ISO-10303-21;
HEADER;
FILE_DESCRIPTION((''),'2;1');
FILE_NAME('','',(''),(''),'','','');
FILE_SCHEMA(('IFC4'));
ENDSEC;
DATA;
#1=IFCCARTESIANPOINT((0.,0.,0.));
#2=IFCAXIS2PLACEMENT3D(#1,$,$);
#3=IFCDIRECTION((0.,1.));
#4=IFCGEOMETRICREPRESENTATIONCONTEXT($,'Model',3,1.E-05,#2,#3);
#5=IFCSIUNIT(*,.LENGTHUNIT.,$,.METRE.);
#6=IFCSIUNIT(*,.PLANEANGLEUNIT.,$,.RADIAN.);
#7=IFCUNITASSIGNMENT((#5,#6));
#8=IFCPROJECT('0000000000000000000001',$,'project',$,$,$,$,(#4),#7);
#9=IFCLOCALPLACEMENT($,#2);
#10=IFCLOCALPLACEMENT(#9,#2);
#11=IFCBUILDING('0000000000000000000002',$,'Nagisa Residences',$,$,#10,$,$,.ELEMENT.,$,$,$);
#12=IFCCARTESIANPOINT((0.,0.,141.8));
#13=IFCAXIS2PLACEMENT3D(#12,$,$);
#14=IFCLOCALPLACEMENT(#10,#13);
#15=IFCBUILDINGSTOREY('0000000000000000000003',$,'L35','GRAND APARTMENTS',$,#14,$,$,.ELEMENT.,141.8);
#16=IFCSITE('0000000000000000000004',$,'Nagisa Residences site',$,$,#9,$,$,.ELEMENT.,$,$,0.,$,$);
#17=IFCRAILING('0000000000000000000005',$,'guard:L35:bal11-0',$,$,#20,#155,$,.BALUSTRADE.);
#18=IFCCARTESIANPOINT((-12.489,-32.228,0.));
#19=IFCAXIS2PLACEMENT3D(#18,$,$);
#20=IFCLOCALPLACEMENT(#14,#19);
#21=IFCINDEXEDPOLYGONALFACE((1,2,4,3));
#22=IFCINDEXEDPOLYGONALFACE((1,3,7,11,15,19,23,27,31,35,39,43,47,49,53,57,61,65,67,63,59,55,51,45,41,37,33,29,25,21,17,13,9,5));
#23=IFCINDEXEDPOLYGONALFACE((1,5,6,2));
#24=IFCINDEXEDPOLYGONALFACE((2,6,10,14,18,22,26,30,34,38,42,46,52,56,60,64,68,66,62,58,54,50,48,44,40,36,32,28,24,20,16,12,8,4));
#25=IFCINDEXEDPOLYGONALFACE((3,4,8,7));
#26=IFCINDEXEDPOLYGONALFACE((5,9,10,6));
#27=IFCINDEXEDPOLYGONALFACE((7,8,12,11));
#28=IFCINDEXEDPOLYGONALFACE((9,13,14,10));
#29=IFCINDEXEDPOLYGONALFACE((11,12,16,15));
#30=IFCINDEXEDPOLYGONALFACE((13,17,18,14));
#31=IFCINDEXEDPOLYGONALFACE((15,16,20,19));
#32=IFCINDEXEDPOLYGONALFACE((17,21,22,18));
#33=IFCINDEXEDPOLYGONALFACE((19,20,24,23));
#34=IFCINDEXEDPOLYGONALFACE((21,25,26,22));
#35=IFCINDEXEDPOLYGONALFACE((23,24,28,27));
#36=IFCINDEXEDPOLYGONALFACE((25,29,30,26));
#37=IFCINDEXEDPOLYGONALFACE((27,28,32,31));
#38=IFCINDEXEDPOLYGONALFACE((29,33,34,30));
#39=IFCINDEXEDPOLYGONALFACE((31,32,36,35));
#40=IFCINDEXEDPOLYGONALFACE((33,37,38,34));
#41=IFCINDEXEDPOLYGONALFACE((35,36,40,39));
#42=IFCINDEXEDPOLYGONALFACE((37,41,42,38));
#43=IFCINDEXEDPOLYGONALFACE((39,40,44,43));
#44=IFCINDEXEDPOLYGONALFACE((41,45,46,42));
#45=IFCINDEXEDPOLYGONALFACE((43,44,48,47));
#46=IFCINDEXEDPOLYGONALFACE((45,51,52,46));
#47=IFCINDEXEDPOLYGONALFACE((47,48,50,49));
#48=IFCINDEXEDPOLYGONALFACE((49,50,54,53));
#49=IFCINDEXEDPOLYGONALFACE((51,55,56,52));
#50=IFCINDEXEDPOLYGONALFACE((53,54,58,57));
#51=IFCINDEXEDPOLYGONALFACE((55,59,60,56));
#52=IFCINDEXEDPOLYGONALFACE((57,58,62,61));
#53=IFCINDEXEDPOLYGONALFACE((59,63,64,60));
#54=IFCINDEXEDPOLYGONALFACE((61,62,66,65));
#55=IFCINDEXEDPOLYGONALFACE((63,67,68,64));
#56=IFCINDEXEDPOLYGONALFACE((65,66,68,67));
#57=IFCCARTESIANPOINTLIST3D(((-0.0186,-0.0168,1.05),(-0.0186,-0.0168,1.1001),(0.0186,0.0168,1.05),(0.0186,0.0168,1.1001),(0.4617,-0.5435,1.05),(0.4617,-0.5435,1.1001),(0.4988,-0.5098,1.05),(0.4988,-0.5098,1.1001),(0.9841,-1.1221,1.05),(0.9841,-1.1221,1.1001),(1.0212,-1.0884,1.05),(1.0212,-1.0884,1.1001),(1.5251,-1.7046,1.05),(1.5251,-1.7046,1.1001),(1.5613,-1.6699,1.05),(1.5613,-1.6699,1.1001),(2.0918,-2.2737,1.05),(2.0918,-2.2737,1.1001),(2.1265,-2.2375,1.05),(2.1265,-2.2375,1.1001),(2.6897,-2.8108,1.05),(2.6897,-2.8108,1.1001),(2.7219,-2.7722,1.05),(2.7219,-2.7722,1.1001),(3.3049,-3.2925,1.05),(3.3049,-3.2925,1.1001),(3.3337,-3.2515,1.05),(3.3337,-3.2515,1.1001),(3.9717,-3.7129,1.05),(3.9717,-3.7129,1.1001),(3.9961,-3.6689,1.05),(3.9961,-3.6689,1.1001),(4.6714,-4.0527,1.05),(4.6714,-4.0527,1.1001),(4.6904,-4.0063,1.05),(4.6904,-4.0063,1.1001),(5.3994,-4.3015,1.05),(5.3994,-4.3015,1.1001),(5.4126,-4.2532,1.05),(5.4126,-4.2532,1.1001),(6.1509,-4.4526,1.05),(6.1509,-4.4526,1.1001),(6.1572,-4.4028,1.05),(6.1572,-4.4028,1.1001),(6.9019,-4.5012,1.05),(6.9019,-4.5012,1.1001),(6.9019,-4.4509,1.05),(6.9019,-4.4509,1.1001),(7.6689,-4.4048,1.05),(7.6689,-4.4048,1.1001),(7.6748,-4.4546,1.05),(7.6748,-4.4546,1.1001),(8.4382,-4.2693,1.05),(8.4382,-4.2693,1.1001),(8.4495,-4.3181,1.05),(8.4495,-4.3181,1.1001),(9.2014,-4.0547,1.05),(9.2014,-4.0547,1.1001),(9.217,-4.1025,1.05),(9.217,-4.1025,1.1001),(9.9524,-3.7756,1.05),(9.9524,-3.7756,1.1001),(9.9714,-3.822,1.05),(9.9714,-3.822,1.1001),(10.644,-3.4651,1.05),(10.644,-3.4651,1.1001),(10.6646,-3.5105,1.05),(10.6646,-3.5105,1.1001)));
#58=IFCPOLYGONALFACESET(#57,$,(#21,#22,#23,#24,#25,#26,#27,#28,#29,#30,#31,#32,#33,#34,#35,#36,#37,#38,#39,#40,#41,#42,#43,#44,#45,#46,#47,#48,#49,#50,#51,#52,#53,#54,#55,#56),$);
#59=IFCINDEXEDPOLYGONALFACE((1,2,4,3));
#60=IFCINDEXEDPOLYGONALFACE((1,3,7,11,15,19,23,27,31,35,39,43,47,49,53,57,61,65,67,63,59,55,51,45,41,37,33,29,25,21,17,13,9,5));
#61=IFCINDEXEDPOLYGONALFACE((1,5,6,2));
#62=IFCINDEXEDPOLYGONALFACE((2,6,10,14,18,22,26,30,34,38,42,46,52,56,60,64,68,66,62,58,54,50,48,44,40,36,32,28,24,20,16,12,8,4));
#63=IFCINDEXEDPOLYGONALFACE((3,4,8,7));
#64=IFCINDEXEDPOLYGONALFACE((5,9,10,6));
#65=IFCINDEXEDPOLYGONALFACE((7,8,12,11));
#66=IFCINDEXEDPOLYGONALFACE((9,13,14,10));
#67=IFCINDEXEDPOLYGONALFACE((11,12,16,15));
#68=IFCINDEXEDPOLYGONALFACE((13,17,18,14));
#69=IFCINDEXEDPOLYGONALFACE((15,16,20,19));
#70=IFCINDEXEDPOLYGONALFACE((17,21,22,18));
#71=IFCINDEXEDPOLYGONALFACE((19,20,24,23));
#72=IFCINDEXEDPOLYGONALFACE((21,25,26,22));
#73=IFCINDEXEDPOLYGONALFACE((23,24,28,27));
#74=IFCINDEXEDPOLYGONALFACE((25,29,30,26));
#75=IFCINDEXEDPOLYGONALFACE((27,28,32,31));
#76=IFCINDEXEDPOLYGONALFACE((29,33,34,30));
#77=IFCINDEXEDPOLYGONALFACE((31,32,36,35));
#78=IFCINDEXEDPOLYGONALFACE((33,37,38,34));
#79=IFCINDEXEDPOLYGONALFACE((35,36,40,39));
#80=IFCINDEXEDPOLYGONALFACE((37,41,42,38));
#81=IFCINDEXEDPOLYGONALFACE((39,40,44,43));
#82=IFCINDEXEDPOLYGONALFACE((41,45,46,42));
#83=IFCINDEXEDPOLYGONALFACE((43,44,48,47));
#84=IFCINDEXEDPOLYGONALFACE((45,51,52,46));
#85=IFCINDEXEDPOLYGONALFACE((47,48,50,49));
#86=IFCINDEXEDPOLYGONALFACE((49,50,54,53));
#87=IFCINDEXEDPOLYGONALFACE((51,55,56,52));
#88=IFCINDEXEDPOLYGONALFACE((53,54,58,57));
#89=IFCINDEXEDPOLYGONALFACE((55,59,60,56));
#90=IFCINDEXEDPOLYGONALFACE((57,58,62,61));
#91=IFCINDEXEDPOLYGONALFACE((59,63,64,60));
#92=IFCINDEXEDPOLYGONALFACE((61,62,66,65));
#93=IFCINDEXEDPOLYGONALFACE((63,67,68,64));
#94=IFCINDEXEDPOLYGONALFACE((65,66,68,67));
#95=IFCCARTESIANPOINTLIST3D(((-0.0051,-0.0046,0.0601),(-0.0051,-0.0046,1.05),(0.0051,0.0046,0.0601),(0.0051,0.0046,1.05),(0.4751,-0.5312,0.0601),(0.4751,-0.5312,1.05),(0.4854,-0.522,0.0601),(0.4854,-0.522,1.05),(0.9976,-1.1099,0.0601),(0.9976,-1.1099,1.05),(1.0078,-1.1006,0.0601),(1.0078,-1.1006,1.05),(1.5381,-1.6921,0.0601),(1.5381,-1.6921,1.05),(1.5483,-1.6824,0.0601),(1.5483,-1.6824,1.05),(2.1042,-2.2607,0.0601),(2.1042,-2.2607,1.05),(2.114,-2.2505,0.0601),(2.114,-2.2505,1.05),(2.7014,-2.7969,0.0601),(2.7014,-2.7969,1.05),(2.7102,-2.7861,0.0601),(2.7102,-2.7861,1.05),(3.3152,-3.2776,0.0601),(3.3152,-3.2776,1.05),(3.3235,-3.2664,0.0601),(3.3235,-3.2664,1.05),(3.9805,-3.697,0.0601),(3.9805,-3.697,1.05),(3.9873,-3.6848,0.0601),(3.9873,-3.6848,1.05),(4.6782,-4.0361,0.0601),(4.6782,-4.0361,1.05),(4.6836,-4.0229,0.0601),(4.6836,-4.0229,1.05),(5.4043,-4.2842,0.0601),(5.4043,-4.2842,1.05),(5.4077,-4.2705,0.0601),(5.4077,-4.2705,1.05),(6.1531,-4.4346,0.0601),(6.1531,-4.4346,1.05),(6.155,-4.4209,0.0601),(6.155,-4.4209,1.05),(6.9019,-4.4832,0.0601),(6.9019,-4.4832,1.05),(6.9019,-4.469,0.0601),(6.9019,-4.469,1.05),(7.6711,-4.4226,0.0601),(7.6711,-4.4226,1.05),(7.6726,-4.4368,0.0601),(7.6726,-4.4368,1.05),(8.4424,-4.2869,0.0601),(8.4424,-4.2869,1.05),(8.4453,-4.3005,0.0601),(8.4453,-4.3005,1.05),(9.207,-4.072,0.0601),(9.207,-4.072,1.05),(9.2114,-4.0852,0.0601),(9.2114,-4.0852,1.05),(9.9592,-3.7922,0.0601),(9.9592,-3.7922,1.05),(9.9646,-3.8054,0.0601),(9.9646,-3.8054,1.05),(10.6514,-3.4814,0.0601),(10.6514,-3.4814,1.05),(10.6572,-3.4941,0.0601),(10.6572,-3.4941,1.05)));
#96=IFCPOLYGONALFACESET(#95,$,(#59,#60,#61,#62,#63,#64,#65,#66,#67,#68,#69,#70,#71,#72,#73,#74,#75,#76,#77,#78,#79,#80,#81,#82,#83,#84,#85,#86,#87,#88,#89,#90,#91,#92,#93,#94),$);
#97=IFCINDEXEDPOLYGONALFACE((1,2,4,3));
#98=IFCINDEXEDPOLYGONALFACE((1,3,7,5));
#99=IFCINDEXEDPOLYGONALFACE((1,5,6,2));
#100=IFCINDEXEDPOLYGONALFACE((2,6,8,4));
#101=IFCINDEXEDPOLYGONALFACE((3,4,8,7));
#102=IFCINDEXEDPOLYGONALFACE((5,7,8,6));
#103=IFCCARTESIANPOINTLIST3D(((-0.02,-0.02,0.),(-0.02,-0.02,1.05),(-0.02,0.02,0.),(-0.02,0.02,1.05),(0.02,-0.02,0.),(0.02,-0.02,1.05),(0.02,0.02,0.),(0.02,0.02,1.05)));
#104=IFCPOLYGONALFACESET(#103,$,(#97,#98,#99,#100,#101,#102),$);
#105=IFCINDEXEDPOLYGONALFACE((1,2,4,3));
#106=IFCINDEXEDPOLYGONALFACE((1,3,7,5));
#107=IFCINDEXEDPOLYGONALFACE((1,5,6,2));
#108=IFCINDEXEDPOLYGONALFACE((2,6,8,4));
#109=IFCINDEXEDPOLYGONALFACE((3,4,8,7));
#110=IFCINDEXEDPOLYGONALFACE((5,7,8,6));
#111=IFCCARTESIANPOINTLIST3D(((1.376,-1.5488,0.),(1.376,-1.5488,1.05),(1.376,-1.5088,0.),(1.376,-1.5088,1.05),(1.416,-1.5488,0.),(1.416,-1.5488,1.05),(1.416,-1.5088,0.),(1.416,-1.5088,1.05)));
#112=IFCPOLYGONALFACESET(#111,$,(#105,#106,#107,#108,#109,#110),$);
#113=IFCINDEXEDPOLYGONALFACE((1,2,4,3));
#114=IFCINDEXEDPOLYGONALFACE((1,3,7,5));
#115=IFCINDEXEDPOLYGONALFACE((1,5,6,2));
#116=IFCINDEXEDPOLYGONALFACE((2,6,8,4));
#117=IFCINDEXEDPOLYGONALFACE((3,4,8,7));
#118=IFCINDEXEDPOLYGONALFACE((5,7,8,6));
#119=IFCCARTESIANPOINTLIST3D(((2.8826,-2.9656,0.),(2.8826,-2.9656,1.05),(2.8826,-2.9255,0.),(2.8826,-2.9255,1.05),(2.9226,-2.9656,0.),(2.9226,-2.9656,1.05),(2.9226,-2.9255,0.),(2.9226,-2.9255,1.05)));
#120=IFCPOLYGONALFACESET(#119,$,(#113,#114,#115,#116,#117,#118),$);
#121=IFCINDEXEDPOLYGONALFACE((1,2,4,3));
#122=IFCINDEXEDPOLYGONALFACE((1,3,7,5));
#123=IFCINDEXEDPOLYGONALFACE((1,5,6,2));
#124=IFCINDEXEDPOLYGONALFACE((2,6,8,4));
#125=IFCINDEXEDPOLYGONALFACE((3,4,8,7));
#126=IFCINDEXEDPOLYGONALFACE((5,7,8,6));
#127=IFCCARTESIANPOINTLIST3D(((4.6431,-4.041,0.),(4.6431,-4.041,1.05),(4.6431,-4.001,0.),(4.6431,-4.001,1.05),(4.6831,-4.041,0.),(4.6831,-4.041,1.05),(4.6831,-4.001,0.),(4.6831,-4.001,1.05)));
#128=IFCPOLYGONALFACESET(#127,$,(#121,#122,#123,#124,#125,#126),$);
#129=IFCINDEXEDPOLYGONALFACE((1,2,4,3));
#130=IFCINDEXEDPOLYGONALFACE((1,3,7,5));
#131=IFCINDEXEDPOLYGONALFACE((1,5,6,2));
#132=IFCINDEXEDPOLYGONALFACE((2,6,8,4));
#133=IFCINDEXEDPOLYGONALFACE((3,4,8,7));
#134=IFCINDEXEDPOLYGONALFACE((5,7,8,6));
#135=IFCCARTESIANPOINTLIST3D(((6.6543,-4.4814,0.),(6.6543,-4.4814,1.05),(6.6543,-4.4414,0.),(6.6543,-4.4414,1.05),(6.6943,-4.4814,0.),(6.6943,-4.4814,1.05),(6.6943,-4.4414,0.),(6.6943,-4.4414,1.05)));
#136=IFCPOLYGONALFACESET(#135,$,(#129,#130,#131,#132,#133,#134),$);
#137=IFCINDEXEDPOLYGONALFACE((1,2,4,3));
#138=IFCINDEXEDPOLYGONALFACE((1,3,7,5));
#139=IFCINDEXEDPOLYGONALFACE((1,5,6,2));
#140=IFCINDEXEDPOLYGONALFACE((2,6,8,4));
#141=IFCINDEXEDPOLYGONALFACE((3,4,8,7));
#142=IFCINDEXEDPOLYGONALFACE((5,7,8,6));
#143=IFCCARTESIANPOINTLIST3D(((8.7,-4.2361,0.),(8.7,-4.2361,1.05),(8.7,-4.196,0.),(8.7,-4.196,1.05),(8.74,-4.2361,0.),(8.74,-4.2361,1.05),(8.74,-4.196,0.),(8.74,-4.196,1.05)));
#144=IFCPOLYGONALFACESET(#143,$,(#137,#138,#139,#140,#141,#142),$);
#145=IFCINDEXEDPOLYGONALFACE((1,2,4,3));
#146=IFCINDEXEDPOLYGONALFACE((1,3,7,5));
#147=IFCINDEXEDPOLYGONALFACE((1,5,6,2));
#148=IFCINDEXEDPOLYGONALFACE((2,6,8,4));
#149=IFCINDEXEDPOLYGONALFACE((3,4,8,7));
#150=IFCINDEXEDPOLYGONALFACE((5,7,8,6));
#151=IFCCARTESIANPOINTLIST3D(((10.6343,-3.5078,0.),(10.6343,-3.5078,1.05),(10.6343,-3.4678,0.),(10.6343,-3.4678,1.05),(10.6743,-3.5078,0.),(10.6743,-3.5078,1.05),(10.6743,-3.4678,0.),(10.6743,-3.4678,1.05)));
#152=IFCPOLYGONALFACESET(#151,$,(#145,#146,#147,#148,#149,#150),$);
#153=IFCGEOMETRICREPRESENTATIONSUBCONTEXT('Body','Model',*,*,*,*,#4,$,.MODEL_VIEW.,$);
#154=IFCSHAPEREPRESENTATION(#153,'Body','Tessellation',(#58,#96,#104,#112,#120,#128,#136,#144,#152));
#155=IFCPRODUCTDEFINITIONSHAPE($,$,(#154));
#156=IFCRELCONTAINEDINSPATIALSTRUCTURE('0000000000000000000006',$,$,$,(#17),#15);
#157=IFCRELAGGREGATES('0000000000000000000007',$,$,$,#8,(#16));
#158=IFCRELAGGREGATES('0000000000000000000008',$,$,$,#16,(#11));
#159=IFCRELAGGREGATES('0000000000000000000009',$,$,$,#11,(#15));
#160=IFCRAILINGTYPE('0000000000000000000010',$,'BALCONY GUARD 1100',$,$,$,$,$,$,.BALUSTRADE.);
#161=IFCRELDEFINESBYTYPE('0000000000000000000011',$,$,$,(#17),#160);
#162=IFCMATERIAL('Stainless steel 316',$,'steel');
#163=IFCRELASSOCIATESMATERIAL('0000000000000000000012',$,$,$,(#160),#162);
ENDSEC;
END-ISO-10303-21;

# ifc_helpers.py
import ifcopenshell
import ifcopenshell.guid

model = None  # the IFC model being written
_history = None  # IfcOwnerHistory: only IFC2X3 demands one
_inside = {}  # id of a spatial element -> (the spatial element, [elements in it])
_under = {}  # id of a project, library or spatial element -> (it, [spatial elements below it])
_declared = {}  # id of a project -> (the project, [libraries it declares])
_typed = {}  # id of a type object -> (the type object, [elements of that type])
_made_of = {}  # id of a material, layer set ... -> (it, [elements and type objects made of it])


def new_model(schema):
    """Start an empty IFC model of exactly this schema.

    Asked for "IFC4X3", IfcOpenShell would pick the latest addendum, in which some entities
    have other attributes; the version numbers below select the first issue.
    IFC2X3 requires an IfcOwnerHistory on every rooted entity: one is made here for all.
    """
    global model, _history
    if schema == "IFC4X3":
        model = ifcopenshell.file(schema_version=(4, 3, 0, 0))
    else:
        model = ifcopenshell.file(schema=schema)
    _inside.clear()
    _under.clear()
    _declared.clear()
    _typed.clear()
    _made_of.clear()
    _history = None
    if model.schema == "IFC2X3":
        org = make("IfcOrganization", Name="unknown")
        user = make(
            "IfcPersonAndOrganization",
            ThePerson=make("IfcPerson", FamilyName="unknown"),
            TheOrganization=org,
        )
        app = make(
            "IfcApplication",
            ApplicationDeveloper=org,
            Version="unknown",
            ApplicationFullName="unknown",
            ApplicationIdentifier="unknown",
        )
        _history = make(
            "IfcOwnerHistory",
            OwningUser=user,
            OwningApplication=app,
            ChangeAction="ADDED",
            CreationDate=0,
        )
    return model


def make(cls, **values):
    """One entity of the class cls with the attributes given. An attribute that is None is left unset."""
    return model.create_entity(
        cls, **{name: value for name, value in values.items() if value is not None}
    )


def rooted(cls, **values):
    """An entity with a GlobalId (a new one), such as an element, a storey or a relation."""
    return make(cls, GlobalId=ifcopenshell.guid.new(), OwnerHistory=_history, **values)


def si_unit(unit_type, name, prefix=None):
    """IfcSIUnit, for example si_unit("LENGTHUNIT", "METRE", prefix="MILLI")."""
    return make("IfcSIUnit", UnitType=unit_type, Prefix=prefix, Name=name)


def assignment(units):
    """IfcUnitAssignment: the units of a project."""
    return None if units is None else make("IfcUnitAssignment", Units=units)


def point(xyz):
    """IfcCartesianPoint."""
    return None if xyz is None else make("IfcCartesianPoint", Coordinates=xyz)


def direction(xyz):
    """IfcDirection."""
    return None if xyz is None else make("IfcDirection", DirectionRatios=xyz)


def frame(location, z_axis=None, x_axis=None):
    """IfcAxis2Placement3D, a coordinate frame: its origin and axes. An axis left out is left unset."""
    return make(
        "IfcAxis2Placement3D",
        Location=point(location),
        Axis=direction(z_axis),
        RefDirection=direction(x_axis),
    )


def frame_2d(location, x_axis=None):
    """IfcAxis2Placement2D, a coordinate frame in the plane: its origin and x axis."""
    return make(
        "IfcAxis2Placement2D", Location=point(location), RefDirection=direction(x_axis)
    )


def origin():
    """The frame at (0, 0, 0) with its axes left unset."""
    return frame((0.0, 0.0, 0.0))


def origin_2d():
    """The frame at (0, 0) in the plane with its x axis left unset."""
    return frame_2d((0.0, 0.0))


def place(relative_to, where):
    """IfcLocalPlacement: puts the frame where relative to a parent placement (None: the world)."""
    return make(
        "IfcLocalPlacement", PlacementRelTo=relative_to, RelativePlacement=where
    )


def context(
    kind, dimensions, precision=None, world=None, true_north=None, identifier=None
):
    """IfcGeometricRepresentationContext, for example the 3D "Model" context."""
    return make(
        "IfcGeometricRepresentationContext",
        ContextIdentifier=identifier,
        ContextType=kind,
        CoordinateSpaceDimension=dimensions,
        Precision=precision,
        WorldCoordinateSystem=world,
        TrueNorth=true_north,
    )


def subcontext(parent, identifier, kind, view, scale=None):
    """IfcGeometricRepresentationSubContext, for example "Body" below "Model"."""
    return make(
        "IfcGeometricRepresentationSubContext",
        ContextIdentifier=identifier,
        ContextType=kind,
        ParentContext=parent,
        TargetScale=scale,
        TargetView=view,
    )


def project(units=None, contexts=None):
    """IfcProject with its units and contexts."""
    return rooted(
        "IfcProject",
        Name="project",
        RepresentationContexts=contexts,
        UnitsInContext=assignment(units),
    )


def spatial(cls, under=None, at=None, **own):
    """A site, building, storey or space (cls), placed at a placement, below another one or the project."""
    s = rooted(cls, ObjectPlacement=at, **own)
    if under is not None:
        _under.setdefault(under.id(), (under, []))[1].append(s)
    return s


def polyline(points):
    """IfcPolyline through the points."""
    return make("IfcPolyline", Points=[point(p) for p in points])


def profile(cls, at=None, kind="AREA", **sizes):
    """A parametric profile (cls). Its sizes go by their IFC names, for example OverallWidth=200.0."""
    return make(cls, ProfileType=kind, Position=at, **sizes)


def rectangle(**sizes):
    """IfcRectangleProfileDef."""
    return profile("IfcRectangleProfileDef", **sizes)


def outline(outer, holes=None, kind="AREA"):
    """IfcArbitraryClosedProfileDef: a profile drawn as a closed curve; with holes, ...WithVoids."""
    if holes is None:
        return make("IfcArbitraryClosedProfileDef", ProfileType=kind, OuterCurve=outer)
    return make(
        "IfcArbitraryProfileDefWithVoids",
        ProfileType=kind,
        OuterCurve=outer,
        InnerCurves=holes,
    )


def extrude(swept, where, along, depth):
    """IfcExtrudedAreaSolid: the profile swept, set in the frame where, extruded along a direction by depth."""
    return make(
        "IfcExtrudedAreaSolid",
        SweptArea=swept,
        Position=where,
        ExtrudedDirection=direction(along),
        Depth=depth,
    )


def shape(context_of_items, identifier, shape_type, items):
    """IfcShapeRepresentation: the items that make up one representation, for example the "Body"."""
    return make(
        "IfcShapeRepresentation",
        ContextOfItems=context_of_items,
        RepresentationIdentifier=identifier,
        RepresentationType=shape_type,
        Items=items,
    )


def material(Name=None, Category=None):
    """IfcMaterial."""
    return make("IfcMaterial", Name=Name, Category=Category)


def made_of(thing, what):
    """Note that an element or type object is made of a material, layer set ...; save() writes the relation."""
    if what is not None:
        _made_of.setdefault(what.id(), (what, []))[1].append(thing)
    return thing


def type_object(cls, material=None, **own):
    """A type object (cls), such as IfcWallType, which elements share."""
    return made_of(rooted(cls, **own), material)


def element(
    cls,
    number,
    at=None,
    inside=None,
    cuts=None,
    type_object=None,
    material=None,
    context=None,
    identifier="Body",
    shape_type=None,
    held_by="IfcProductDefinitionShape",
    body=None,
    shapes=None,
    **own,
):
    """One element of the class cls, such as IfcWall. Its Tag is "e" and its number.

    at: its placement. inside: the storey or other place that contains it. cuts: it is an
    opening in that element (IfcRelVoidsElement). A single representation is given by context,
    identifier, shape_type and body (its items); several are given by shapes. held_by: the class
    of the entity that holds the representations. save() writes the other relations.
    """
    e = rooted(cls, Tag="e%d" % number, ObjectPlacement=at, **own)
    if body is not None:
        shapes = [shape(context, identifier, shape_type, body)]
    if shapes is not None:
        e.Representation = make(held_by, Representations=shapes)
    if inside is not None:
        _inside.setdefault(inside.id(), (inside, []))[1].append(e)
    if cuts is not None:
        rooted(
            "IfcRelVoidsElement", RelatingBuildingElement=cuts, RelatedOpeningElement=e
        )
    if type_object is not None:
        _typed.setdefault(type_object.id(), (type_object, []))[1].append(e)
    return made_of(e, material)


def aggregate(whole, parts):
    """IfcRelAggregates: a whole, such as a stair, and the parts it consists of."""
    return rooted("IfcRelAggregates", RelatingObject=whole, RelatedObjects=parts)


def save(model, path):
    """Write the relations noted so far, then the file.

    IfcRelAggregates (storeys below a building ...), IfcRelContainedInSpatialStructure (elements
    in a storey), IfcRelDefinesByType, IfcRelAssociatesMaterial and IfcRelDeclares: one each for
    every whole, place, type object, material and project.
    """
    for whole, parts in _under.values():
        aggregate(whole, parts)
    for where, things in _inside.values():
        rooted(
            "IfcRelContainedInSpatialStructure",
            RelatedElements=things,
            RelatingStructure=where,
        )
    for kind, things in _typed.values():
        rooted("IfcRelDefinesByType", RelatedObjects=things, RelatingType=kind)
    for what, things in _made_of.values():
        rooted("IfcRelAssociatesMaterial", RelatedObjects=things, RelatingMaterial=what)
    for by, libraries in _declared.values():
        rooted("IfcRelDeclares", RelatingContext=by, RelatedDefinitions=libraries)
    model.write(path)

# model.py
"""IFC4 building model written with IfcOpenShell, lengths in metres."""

from ifc_helpers import new_model, si_unit, direction, frame, origin, origin_2d, place, context, subcontext, project, spatial, polyline, rectangle, outline, extrude, material, type_object, element, save


model = new_model("IFC4")

# Units and contexts
model_context = context("Model", 3, precision=1e-05, world=origin(), true_north=direction((0.0, 1.0)))
body_context = subcontext(model_context, "Body", "Model", "MODEL_VIEW")
ifc_project = project(units=[si_unit("LENGTHUNIT", "METRE"), si_unit("PLANEANGLEUNIT", "RADIAN")], contexts=[model_context])

# Site, building, storey
site_placement = place(None, origin())
site = spatial("IfcSite", under=ifc_project, at=site_placement, Name="Nagisa Residences site", CompositionType="ELEMENT", RefElevation=0.0)
building_placement = place(site_placement, origin())
building = spatial("IfcBuilding", under=site, at=building_placement, Name="Nagisa Residences", CompositionType="ELEMENT")
storey_placement = place(building_placement, frame((0.0, 0.0, 141.8)))
storey = spatial("IfcBuildingStorey", under=building, at=storey_placement, Name="L35", Description="GRAND APARTMENTS", CompositionType="ELEMENT", Elevation=141.8)

# Railing
ifc_material_1 = material(Name="Stainless steel 316", Category="steel")
railing_type = type_object("IfcRailingType", Name="BALCONY GUARD 1100", PredefinedType="BALUSTRADE", material=ifc_material_1)
railing_1_placement = place(storey_placement, frame((-12.489, -32.228, 0.0)))
element("IfcRailing", 1, at=railing_1_placement, inside=storey, type_object=railing_type, Name="guard:L35:bal11-0", PredefinedType="BALUSTRADE", context=body_context, shape_type="SweptSolid", body=[
    extrude(outline(polyline([(0.4988, -0.5098), (0.0186, 0.0168), (-0.0186, -0.0168), (0.4617, -0.5435), (0.9841, -1.1221), (1.5251, -1.7046), (2.0918, -2.2737), (2.6897, -2.8108), (3.3049, -3.2925), (3.9717, -3.7129), (4.6714, -4.0527), (5.3994, -4.3015), (6.1509, -4.4526), (6.9019, -4.5012), (7.6748, -4.4546), (8.4495, -4.3181), (9.217, -4.1025), (9.9714, -3.822), (10.6646, -3.5105), (10.644, -3.4651), (9.9524, -3.7756), (9.2014, -4.0547), (8.4382, -4.2693), (7.6689, -4.4048), (6.9019, -4.4509), (6.1572, -4.4028), (5.4126, -4.2532), (4.6904, -4.0063), (3.9961, -3.6689), (3.3337, -3.2515), (2.7219, -2.7722), (2.1265, -2.2375), (1.5613, -1.6699), (1.0212, -1.0884), (0.4988, -0.5098)])), frame((0.0, 0.0, 1.05)), (0.0, 0.0, 1.0), 0.05),
    extrude(outline(polyline([(0.4854, -0.522), (0.0051, 0.0046), (-0.0051, -0.0046), (0.4751, -0.5312), (0.9976, -1.1099), (1.5381, -1.6921), (2.1042, -2.2607), (2.7014, -2.7969), (3.3152, -3.2776), (3.9805, -3.697), (4.6782, -4.0361), (5.4043, -4.2842), (6.1531, -4.4346), (6.9019, -4.4832), (7.6726, -4.4368), (8.4453, -4.3005), (9.2114, -4.0852), (9.9646, -3.8054), (10.6572, -3.4941), (10.6514, -3.4814), (9.9592, -3.7922), (9.207, -4.072), (8.4424, -4.2869), (7.6711, -4.4226), (6.9019, -4.469), (6.155, -4.4209), (5.4077, -4.2705), (4.6836, -4.0229), (3.9873, -3.6848), (3.3235, -3.2664), (2.7102, -2.7861), (2.114, -2.2505), (1.5483, -1.6824), (1.0078, -1.1006), (0.4854, -0.522)])), frame((0.0, 0.0, 0.0601)), (0.0, 0.0, 1.0), 0.99),
    extrude(rectangle(XDim=0.04, YDim=0.04, at=origin_2d()), origin(), (0.0, 0.0, 1.0), 1.05),
    extrude(rectangle(XDim=0.04, YDim=0.04, at=origin_2d()), frame((1.396, -1.5288, 0.0)), (0.0, 0.0, 1.0), 1.05),
    extrude(rectangle(XDim=0.04, YDim=0.04, at=origin_2d()), frame((2.9026, -2.9456, 0.0)), (0.0, 0.0, 1.0), 1.05),
    extrude(rectangle(XDim=0.04, YDim=0.04, at=origin_2d()), frame((4.6631, -4.021, 0.0)), (0.0, 0.0, 1.0), 1.05),
    extrude(rectangle(XDim=0.04, YDim=0.04, at=origin_2d()), frame((6.6743, -4.4614, 0.0)), (0.0, 0.0, 1.0), 1.05),
    extrude(rectangle(XDim=0.04, YDim=0.04, at=origin_2d()), frame((8.72, -4.2161, 0.0)), (0.0, 0.0, 1.0), 1.05),
    extrude(rectangle(XDim=0.04, YDim=0.04, at=origin_2d()), frame((10.6543, -3.4878, 0.0)), (0.0, 0.0, 1.0), 1.05),
])

save(model, "model.ifc")
